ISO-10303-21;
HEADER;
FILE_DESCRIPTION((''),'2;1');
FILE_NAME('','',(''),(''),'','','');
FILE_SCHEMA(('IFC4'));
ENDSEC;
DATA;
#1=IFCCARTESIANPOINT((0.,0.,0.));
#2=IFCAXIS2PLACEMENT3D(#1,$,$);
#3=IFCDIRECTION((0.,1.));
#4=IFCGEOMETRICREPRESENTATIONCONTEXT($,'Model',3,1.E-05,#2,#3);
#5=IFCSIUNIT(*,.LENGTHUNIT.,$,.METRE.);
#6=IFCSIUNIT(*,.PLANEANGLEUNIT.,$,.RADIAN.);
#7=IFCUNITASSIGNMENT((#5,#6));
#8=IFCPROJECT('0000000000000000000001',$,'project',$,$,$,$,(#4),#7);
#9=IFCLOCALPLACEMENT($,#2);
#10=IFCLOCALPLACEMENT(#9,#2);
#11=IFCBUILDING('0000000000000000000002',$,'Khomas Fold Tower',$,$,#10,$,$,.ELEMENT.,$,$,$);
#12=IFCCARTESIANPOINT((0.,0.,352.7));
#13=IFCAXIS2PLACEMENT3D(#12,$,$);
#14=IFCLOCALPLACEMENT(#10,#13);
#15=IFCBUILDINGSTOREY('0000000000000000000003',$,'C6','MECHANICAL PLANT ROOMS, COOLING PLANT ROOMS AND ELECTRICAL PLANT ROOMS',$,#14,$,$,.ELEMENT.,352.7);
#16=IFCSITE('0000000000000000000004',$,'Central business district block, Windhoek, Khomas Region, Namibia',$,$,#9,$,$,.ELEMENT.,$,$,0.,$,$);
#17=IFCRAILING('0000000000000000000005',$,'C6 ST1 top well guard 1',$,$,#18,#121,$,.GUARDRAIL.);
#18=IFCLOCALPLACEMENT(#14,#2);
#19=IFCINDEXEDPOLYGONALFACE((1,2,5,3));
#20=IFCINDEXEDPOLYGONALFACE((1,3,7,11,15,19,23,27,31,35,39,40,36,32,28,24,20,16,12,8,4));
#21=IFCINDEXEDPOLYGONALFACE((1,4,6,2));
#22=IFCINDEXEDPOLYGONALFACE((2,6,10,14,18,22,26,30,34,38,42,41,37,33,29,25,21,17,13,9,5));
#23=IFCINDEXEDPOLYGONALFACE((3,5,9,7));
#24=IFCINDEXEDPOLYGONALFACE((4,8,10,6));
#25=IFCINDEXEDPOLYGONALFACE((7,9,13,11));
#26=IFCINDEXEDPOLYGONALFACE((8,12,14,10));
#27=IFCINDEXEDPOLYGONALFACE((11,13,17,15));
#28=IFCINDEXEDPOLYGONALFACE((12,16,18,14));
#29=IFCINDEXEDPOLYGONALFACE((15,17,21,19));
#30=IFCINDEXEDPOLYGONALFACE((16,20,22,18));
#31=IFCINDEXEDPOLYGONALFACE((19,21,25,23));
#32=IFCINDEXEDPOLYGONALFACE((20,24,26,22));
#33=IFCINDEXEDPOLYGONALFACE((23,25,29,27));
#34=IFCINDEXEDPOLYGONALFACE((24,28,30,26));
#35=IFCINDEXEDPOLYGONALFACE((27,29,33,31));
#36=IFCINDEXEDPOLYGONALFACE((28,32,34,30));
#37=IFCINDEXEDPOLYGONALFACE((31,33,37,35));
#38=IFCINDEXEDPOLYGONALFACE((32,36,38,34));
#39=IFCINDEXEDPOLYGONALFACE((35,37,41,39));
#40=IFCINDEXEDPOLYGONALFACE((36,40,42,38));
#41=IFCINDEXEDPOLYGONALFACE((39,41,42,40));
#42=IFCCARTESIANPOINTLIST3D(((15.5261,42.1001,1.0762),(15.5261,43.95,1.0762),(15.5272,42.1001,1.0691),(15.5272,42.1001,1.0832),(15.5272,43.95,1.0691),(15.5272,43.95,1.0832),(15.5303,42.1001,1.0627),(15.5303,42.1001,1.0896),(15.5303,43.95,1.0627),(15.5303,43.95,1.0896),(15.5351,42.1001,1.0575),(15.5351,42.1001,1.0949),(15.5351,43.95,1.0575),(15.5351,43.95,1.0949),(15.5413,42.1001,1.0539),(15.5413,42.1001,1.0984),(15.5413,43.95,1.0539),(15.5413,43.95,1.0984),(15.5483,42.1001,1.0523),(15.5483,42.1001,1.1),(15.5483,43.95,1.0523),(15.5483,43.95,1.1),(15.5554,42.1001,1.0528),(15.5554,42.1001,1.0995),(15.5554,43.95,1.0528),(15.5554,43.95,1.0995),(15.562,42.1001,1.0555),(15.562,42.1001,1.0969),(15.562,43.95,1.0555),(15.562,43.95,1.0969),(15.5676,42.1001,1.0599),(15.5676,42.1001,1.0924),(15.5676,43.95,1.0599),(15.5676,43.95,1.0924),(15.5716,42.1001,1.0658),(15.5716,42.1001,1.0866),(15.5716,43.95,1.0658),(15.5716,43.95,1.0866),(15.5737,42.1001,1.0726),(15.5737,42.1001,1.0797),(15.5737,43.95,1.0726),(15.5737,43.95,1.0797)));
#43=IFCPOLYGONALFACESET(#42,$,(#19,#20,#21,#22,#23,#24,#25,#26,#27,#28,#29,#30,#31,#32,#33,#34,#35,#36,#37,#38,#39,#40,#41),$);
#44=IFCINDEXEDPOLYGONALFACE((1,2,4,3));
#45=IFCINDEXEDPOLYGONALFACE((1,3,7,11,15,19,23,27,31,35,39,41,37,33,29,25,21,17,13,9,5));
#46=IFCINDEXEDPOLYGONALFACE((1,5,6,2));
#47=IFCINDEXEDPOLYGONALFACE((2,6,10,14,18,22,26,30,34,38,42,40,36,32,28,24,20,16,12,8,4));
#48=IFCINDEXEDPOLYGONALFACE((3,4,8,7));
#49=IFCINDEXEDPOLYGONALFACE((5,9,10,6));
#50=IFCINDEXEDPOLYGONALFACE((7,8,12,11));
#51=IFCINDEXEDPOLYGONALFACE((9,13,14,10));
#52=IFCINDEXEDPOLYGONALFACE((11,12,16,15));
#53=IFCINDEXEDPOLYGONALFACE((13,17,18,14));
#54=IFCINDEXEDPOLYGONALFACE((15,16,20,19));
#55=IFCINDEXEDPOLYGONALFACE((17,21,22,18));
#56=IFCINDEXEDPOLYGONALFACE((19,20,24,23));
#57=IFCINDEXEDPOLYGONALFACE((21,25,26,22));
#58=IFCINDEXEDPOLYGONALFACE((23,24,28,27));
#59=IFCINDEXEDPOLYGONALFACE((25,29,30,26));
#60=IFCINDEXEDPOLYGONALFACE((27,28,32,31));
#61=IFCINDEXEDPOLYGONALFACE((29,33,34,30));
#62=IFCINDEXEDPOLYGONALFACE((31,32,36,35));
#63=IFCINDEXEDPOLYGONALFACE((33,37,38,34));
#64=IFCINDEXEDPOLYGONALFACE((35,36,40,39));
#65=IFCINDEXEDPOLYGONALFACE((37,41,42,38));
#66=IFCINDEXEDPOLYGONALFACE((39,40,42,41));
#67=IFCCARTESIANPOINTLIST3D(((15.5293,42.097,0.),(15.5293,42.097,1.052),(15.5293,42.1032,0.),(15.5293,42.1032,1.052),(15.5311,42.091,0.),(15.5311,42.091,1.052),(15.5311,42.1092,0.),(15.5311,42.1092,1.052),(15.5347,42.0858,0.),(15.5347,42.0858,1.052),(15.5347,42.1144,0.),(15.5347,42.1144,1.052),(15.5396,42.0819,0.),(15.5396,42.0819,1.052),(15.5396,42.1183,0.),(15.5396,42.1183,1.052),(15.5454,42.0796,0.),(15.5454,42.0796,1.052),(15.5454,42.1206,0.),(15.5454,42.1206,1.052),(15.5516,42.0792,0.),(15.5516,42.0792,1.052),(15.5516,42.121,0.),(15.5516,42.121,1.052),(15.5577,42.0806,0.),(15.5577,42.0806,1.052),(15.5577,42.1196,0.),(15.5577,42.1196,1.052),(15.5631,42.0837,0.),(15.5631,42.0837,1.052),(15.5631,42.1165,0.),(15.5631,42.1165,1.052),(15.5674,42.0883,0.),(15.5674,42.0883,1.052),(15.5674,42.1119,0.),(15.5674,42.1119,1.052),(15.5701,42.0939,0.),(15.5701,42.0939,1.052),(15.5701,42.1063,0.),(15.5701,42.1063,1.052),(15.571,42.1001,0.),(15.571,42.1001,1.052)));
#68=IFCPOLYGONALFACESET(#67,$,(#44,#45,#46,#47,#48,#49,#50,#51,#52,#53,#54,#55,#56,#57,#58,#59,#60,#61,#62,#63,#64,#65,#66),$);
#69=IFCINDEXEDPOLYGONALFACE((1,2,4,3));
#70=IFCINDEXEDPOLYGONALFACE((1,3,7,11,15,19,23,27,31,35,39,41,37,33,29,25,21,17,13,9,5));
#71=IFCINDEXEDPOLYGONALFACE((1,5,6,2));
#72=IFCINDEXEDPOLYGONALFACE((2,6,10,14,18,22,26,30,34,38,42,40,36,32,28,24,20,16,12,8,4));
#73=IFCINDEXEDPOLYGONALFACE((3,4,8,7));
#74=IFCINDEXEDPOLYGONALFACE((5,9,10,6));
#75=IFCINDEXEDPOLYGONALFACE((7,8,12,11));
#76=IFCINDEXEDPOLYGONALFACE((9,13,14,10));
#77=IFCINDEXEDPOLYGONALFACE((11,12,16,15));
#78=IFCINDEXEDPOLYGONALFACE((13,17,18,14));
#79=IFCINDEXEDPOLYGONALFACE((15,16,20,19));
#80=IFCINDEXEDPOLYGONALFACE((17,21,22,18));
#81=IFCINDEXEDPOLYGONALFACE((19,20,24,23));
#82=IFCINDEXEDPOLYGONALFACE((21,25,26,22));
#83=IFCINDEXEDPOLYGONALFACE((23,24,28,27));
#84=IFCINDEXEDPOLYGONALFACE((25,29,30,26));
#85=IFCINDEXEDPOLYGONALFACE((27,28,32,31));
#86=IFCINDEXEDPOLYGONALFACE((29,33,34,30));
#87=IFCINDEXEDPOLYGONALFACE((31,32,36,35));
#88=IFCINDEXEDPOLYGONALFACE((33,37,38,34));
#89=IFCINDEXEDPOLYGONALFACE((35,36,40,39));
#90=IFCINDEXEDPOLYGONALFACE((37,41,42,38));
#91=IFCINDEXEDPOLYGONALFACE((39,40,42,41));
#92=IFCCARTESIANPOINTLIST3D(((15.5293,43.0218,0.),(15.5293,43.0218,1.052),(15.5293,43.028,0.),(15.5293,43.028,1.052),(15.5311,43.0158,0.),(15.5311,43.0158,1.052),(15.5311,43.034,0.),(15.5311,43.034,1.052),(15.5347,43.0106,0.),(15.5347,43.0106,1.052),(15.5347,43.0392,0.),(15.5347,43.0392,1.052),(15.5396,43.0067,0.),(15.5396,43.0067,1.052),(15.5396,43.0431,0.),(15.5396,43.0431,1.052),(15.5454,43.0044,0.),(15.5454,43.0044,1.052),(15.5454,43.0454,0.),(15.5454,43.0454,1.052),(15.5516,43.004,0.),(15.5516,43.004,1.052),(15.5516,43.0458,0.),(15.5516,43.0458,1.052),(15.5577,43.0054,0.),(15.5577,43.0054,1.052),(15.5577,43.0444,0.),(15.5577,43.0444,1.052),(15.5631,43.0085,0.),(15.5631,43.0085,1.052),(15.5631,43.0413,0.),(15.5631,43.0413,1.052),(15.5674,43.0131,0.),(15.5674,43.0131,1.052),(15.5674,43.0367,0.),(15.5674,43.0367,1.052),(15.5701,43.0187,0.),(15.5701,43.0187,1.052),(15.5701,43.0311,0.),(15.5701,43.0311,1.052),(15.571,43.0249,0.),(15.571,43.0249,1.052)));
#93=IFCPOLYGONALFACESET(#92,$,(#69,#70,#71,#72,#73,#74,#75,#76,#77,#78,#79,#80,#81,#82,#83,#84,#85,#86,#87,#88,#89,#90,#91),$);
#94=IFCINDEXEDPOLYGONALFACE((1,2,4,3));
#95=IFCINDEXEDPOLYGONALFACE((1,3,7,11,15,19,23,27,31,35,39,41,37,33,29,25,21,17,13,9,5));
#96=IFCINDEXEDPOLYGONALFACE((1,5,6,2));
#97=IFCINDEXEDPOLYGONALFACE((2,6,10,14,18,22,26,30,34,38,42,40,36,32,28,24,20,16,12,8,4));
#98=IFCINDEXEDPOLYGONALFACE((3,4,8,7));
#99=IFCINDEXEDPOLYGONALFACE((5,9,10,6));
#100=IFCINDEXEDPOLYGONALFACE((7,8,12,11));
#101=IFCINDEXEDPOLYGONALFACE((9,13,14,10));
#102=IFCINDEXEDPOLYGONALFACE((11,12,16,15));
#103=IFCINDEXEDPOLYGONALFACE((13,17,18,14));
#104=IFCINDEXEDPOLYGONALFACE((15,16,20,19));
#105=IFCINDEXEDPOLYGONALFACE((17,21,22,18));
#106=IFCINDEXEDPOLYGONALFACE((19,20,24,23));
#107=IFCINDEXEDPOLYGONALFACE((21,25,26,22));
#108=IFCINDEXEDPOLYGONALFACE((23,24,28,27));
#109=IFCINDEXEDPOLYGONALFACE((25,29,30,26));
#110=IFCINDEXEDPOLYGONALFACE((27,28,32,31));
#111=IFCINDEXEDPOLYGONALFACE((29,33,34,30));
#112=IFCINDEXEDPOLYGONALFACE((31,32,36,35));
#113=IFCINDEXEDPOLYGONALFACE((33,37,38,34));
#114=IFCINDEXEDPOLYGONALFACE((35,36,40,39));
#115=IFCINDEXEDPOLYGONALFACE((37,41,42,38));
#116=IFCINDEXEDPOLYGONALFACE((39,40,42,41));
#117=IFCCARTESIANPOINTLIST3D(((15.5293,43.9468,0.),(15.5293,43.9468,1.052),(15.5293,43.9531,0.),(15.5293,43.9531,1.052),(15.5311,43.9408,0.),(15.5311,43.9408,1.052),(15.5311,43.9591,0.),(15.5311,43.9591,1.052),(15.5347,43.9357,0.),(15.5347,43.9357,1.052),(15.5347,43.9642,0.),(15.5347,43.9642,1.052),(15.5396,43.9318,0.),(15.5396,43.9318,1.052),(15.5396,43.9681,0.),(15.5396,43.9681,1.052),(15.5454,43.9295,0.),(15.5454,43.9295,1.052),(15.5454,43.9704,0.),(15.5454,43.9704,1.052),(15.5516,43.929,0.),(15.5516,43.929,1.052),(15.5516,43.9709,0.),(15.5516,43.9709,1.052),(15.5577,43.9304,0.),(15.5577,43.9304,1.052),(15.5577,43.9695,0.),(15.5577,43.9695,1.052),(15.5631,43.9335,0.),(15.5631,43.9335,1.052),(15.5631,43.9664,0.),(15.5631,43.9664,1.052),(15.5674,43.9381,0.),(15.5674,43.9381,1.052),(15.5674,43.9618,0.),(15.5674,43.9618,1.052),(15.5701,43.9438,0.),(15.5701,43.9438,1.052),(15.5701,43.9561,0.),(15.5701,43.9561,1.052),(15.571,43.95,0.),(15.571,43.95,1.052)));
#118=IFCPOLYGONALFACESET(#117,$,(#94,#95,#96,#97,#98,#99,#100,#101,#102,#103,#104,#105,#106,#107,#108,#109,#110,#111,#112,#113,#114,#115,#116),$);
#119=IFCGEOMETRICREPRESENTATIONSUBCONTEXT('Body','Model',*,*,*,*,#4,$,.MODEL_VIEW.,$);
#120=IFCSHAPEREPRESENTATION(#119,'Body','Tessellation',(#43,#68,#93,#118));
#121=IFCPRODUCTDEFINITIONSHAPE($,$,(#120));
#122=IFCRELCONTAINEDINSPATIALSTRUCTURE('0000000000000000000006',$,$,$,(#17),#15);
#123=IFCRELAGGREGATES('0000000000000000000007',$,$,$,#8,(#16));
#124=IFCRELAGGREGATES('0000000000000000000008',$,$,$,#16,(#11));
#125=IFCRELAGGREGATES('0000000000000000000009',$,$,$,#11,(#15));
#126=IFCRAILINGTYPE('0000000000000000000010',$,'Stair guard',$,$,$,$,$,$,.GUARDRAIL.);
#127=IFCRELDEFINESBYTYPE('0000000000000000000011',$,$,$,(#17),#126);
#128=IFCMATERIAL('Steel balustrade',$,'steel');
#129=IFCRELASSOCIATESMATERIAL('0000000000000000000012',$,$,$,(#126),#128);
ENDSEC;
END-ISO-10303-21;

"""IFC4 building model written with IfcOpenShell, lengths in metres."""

from ifc_helpers import new_model, si_unit, direction, frame, origin, origin_2d, place, context, subcontext, project, spatial, circle, extrude, source, transform, mapped, material, type_object, element, save


model = new_model("IFC4")

# Units and contexts
model_context = context("Model", 3, precision=1e-05, world=origin(), true_north=direction((0.0, 1.0)))
body_context = subcontext(model_context, "Body", "Model", "MODEL_VIEW")
ifc_project = project(units=[si_unit("LENGTHUNIT", "METRE"), si_unit("PLANEANGLEUNIT", "RADIAN")], contexts=[model_context])

# Site, building, storey
site_placement = place(None, origin())
site = spatial("IfcSite", under=ifc_project, at=site_placement, Name="Central business district block, Windhoek, Khomas Region, Namibia", CompositionType="ELEMENT", RefElevation=0.0)
building_placement = place(site_placement, origin())
building = spatial("IfcBuilding", under=site, at=building_placement, Name="Khomas Fold Tower", CompositionType="ELEMENT")
storey_placement = place(building_placement, frame((0.0, 0.0, 352.7)))
storey = spatial("IfcBuildingStorey", under=building, at=storey_placement, Name="C6", Description="MECHANICAL PLANT ROOMS, COOLING PLANT ROOMS AND ELECTRICAL PLANT ROOMS", CompositionType="ELEMENT", Elevation=352.7)

# Railing
ifc_material_1 = material(Name="Steel balustrade", Category="steel")
railing_type_1 = type_object("IfcRailingType", Name="Stair guard", PredefinedType="GUARDRAIL", material=ifc_material_1)
shared_shape_1 = source(origin(), body_context, "Body", "SweptSolid", [
    extrude(circle(Radius=0.0239, at=origin_2d()), frame((0.0, 0.0, 1.0762), z_axis=(0.0, 1.0, 0.0), x_axis=(-1.0, 0.0, 0.0)), (0.0, 0.0, 1.0), 1.8499),
    extrude(circle(Radius=0.021, at=origin_2d()), origin(), (0.0, 0.0, 1.0), 1.052),
    extrude(circle(Radius=0.021, at=origin_2d()), frame((0.0, 0.9248, 0.0)), (0.0, 0.0, 1.0), 1.052),
    extrude(circle(Radius=0.021, at=origin_2d()), frame((0.0, 1.8499, 0.0)), (0.0, 0.0, 1.0), 1.052),
])
railing_1_placement = place(storey_placement, frame((15.55, 42.1001, 0.0)))
element("IfcRailing", 1, at=railing_1_placement, inside=storey, type_object=railing_type_1, Name="C6 ST1 top well guard 1", PredefinedType="GUARDRAIL", context=body_context, shape_type="MappedRepresentation", body=[
    mapped(shared_shape_1, transform((0.0, 0.0, 0.0))),
])

save(model, "model.ifc")
